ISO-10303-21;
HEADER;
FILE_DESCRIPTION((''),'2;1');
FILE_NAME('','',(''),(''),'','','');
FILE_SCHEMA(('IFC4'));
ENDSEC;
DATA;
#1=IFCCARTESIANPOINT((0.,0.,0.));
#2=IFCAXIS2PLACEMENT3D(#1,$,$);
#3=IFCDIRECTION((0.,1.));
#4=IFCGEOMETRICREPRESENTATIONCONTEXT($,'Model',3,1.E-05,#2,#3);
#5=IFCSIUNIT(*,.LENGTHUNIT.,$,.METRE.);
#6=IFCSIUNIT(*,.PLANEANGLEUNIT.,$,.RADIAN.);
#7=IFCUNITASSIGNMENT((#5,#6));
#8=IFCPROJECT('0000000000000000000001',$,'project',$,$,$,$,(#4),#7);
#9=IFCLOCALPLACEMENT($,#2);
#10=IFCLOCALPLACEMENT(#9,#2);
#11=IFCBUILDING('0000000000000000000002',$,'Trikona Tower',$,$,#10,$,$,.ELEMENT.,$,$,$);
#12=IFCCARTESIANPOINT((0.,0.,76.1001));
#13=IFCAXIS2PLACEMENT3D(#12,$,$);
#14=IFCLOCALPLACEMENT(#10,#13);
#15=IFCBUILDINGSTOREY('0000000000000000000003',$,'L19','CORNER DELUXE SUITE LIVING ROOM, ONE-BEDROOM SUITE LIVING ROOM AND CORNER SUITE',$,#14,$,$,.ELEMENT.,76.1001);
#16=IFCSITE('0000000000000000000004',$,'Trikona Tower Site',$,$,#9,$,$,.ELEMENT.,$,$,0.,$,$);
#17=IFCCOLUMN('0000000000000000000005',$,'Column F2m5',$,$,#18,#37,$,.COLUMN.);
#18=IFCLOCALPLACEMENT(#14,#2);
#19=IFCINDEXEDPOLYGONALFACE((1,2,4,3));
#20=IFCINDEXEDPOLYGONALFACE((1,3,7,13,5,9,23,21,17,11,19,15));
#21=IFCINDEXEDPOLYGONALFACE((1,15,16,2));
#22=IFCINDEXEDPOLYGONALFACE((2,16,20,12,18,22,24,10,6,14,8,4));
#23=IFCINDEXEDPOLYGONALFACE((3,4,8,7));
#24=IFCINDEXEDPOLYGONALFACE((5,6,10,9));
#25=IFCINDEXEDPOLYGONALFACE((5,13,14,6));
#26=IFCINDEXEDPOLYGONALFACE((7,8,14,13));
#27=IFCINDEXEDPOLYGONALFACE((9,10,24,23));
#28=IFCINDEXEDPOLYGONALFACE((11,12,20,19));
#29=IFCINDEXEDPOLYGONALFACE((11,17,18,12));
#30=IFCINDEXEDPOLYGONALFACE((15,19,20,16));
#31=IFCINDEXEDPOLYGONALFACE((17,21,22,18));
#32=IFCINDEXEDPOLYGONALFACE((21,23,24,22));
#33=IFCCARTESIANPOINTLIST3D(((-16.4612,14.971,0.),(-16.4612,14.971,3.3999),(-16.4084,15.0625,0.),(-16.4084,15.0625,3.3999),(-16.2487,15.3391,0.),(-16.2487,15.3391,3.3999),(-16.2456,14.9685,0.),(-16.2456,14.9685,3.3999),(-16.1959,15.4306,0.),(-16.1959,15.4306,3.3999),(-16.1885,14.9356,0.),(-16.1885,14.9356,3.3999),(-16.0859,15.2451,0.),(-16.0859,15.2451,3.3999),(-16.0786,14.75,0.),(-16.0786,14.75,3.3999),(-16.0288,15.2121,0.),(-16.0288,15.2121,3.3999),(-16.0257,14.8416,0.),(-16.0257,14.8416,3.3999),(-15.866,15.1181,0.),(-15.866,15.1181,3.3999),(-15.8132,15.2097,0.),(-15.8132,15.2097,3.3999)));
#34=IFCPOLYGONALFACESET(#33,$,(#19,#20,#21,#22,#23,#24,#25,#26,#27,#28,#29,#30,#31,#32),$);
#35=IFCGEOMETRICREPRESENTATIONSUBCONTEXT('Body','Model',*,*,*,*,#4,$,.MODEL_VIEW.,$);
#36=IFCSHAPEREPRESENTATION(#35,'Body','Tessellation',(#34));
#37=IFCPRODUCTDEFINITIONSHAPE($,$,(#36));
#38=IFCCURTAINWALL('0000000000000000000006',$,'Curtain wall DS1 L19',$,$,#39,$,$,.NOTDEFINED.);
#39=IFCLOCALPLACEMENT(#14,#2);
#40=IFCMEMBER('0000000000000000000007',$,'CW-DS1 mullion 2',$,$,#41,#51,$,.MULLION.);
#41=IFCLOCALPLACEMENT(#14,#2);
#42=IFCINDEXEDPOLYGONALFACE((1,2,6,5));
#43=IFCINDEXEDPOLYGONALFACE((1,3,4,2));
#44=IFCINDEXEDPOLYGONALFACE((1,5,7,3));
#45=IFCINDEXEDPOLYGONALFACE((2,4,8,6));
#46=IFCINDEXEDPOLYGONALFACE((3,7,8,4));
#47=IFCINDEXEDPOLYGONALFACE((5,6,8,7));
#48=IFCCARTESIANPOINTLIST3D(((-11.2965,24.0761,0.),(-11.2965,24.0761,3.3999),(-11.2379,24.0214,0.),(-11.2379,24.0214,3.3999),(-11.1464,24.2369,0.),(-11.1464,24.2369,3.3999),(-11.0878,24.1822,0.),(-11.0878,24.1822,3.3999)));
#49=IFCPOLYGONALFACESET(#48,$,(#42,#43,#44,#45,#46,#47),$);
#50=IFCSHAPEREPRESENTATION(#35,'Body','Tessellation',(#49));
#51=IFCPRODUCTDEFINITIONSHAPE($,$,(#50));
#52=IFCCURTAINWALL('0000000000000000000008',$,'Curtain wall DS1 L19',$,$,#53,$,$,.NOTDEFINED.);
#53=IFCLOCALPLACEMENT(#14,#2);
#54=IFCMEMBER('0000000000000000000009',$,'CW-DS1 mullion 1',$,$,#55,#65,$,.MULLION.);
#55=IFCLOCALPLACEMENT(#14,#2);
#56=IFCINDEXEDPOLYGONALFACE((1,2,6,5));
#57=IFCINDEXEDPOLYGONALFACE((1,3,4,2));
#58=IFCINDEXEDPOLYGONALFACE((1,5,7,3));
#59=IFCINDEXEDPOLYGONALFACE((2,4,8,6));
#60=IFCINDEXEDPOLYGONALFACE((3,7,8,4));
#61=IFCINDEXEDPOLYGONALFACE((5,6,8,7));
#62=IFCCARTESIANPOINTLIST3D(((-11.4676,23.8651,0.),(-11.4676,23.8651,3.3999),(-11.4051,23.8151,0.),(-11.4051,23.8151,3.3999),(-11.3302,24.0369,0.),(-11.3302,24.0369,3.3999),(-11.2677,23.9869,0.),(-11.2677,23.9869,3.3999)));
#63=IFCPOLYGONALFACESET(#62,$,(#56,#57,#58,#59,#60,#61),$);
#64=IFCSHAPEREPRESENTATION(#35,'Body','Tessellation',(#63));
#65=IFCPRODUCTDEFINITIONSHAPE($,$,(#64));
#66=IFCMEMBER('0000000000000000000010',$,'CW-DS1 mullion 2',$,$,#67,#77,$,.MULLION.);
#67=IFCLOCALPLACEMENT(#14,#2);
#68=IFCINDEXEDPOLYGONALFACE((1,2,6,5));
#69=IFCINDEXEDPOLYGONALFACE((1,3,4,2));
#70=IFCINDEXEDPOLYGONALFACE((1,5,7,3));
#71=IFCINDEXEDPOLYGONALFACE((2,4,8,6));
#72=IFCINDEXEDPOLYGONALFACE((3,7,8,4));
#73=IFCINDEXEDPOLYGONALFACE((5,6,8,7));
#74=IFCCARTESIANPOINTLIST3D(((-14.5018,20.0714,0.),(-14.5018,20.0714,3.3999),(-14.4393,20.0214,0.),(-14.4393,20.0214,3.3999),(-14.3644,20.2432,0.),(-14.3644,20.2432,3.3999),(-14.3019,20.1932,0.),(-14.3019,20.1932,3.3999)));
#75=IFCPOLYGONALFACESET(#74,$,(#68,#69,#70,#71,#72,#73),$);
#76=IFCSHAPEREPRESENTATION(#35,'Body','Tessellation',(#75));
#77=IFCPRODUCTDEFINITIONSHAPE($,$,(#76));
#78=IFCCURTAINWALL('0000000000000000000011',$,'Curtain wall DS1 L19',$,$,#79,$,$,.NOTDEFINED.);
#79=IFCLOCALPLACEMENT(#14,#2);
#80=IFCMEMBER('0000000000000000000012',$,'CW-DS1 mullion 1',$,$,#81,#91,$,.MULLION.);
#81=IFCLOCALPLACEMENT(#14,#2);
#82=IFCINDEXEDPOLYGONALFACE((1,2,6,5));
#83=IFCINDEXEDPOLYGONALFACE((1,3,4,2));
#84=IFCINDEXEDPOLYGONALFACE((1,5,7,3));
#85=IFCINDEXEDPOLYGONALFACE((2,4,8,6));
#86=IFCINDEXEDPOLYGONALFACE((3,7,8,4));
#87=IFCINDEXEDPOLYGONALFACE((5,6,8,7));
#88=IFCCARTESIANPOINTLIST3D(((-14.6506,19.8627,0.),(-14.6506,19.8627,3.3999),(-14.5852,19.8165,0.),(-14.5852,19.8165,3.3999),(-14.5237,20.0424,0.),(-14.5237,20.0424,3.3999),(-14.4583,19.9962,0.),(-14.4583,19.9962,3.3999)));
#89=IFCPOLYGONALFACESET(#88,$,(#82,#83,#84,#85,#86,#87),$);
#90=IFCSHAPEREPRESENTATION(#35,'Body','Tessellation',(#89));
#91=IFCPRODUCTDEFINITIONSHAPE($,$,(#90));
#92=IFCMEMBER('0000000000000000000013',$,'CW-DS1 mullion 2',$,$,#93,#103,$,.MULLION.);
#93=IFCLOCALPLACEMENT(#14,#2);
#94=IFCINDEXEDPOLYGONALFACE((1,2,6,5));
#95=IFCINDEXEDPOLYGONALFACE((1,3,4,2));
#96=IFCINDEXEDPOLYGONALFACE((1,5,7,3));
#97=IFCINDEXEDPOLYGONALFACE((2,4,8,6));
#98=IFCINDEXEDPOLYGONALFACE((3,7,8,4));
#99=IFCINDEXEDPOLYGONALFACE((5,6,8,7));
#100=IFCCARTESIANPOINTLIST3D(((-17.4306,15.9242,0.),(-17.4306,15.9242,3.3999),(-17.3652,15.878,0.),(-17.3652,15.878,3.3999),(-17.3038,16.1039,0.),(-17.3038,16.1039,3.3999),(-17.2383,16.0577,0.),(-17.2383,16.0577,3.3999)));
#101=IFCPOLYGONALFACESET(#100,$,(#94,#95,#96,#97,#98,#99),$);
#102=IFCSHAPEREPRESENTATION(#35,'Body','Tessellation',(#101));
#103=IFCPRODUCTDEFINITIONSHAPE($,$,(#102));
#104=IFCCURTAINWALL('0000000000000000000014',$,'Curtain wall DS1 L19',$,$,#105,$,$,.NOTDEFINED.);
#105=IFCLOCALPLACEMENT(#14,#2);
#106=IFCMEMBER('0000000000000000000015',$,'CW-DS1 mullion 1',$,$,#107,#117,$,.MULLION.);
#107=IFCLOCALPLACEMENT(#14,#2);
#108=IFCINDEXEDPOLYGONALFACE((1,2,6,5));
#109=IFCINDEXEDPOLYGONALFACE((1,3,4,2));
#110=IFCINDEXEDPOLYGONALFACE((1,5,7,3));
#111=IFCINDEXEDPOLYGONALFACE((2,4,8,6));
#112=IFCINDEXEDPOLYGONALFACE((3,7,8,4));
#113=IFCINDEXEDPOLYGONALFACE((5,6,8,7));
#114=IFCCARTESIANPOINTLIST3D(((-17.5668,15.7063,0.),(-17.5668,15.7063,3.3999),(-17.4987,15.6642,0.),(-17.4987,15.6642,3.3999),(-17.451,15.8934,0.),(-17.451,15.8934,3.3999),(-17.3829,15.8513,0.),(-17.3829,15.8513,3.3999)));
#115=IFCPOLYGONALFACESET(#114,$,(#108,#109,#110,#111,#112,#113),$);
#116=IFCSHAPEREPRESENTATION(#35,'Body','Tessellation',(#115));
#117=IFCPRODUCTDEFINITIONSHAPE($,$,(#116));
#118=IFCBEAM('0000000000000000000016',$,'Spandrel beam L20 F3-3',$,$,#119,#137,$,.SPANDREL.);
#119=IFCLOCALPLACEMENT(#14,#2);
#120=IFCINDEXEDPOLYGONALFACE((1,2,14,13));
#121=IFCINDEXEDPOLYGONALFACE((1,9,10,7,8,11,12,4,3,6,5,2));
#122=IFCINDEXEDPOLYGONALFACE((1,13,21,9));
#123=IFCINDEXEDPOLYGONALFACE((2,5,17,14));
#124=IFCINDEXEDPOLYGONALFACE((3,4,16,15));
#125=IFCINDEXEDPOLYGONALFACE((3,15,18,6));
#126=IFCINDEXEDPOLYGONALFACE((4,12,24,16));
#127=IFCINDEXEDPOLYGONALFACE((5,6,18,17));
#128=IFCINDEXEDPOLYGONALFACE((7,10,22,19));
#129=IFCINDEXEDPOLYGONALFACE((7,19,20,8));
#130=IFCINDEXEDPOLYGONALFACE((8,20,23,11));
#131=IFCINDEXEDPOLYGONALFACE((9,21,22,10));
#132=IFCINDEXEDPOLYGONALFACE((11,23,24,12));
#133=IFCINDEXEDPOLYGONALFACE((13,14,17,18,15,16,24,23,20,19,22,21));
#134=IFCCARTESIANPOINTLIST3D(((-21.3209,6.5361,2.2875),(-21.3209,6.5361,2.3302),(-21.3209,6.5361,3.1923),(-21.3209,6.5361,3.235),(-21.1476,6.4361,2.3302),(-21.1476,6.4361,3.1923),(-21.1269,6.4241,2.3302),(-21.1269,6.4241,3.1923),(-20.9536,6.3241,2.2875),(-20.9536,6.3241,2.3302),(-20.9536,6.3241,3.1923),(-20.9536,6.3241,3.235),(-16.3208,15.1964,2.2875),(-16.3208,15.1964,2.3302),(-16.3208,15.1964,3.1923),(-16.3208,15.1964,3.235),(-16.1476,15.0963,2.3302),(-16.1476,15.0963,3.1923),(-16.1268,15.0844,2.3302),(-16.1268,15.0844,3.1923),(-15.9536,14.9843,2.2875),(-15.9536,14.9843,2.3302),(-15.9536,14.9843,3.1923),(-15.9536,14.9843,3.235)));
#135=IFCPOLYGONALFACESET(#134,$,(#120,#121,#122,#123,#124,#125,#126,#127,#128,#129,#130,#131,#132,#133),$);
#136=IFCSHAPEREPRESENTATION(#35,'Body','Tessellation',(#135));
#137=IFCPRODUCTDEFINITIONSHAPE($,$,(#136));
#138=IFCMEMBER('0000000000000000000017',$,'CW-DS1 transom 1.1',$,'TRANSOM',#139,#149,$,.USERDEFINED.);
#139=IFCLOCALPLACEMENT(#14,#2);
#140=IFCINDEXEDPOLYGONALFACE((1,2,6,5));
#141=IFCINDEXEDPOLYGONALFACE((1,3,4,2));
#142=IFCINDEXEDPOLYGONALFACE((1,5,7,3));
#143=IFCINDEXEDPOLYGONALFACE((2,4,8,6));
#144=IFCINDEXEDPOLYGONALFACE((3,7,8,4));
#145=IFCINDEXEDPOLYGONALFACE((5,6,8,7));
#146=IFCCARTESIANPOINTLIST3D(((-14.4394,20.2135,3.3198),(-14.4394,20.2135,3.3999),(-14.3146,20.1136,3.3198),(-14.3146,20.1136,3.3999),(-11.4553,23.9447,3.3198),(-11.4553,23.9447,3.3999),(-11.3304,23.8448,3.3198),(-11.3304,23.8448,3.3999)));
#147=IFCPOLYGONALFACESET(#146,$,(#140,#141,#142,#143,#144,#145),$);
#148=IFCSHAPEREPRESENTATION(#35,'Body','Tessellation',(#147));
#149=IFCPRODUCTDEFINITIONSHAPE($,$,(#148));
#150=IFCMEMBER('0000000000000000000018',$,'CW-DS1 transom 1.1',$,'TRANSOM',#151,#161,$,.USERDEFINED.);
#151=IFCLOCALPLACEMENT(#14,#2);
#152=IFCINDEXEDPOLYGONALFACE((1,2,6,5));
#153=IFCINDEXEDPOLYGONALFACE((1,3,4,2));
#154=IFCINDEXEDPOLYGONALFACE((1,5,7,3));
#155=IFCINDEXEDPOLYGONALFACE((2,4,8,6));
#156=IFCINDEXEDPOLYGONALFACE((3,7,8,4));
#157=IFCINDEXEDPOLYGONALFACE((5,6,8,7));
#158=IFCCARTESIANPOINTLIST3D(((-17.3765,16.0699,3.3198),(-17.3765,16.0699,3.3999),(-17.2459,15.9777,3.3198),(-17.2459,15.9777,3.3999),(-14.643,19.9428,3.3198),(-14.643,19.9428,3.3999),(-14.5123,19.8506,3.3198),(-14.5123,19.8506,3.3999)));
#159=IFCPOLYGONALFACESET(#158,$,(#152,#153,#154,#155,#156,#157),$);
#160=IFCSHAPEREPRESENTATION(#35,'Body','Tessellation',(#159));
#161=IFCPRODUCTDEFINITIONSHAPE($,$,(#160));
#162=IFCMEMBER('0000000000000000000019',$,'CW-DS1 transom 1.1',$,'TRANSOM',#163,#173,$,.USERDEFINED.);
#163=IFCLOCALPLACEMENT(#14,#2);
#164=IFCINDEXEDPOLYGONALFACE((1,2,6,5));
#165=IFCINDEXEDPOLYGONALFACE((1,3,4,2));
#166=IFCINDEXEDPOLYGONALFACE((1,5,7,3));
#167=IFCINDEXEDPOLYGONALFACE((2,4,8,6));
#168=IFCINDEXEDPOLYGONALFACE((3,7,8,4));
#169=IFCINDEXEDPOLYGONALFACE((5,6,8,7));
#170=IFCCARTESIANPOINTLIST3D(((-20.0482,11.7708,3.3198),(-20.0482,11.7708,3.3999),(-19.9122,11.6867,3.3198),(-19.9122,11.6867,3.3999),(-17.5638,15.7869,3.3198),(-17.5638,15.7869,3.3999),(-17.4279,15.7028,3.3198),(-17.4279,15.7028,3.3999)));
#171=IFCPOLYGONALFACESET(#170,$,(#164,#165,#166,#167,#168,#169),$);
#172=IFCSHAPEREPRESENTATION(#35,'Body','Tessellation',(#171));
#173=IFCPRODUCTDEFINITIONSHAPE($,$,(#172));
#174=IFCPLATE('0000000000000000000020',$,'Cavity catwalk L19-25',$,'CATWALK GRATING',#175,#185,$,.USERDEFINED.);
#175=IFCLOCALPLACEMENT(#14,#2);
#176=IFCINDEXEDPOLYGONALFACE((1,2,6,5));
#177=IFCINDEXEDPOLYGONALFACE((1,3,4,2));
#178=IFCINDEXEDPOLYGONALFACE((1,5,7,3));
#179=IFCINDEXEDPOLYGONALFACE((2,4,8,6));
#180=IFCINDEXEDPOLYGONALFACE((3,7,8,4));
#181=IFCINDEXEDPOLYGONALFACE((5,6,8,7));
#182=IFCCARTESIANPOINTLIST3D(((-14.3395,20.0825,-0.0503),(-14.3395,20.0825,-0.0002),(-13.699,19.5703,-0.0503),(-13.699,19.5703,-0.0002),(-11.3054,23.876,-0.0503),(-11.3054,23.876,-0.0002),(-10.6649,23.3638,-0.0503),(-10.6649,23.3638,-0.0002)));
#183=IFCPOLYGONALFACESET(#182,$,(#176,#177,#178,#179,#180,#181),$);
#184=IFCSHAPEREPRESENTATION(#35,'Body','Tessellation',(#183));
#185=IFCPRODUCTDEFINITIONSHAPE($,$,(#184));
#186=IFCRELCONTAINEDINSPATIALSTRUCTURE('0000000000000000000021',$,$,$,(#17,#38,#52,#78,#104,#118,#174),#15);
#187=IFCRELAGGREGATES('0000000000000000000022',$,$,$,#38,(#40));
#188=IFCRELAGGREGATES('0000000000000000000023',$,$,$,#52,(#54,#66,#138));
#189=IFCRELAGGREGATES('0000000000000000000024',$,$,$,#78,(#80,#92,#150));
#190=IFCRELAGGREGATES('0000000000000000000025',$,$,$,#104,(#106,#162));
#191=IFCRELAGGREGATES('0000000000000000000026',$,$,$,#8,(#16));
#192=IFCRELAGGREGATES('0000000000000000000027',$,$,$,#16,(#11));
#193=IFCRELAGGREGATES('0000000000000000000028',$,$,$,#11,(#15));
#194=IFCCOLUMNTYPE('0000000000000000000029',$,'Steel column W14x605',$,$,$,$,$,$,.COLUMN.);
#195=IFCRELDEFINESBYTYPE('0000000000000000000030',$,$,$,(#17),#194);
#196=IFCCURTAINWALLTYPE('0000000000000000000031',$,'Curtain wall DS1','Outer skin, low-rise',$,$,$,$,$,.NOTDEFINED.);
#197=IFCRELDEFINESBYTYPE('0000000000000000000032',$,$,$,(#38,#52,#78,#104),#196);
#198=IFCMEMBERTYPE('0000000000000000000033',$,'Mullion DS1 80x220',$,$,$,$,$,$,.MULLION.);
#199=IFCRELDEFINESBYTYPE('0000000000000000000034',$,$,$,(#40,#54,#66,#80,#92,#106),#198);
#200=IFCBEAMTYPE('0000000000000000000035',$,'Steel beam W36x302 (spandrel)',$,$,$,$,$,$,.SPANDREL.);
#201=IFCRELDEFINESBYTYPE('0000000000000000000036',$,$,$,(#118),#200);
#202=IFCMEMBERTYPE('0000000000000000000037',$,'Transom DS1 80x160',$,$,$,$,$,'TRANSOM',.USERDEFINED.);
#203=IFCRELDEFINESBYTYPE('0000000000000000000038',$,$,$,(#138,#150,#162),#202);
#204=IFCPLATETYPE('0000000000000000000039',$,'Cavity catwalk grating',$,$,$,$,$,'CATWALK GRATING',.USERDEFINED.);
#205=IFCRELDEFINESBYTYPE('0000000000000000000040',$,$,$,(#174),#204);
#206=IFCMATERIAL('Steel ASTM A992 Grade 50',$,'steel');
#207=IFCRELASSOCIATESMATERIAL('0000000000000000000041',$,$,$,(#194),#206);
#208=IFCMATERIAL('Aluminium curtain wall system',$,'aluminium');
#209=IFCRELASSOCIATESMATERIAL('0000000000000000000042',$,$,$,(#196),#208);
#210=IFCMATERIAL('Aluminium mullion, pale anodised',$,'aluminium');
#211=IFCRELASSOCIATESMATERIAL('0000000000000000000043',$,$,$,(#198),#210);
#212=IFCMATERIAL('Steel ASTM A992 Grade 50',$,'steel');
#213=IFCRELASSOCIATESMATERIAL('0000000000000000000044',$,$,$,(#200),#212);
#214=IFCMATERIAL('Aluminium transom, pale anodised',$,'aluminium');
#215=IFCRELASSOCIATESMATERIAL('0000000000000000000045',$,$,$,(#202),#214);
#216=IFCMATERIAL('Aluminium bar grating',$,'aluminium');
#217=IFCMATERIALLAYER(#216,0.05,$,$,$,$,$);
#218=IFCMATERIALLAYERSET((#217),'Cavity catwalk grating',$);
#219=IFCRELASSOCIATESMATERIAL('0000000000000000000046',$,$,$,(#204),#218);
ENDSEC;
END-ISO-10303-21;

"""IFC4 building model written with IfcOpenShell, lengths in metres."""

from ifc_helpers import new_model, si_unit, direction, frame, origin, origin_2d, place, context, subcontext, project, spatial, rectangle, i_section, extrude, material, layer, layer_set, material_profile, profile_set, type_object, element, aggregate, save


model = new_model("IFC4")

# Units and contexts
model_context = context("Model", 3, precision=1e-05, world=origin(), true_north=direction((0.0, 1.0)))
body_context = subcontext(model_context, "Body", "Model", "MODEL_VIEW")
ifc_project = project(units=[si_unit("LENGTHUNIT", "METRE"), si_unit("PLANEANGLEUNIT", "RADIAN")], contexts=[model_context])

# Site, building, storey
site_placement = place(None, origin())
site = spatial("IfcSite", under=ifc_project, at=site_placement, Name="Trikona Tower Site", CompositionType="ELEMENT", RefElevation=0.0)
building_placement = place(site_placement, origin())
building = spatial("IfcBuilding", under=site, at=building_placement, Name="Trikona Tower", CompositionType="ELEMENT")
storey_placement = place(building_placement, frame((0.0, 0.0, 76.1001)))
storey = spatial("IfcBuildingStorey", under=building, at=storey_placement, Name="L19", Description="CORNER DELUXE SUITE LIVING ROOM, ONE-BEDROOM SUITE LIVING ROOM AND CORNER SUITE", CompositionType="ELEMENT", Elevation=76.1001)

# Column
ifc_material_1 = material(Name="Steel ASTM A992 Grade 50", Category="steel")
ifc_material_profile_1 = material_profile(ifc_material_1, i_section(OverallWidth=0.4419, OverallDepth=0.5308, WebThickness=0.0659, FlangeThickness=0.1057, at=origin_2d()), Name="W14X605")
ifc_profile_set_1 = profile_set([ifc_material_profile_1], Name="Steel ASTM A992 Grade 50")
column_type = type_object("IfcColumnType", Name="Steel column W14x605", PredefinedType="COLUMN", material=ifc_profile_set_1)
column_placement = place(storey_placement, frame((-16.1372, 15.0903, 0.0), z_axis=(0.0, 0.0, 1.0), x_axis=(-0.866025, 0.5, 0.0)))
element("IfcColumn", 1, at=column_placement, inside=storey, type_object=column_type, Name="Column F2m5", PredefinedType="COLUMN", context=body_context, shape_type="SweptSolid", body=[
    extrude(i_section(OverallWidth=0.4419, OverallDepth=0.5308, WebThickness=0.0659, FlangeThickness=0.1057, at=origin_2d()), origin(), (0.0, 0.0, 1.0), 3.3999),
])

# Curtain wall, member
ifc_material_2 = material(Name="Aluminium curtain wall system", Category="aluminium")
curtain_wall_type = type_object("IfcCurtainWallType", Name="Curtain wall DS1", Description="Outer skin, low-rise", PredefinedType="NOTDEFINED", material=ifc_material_2)
curtain_wall_1_placement = place(storey_placement, origin())
curtain_wall_1 = element("IfcCurtainWall", 2, at=curtain_wall_1_placement, inside=storey, type_object=curtain_wall_type, Name="Curtain wall DS1 L19", PredefinedType="NOTDEFINED")
ifc_material_3 = material(Name="Aluminium mullion, pale anodised", Category="aluminium")
ifc_material_profile_2 = material_profile(ifc_material_3, rectangle(XDim=0.0801, YDim=0.22, at=origin_2d()), Name="MUL-DS1")
ifc_profile_set_2 = profile_set([ifc_material_profile_2], Name="Aluminium mullion, pale anodised")
member_type_1 = type_object("IfcMemberType", Name="Mullion DS1 80x220", PredefinedType="MULLION", material=ifc_profile_set_2)
member_1_placement = place(storey_placement, frame((-11.1921, 24.1292, 0.0), z_axis=(0.0, 0.0, 1.0), x_axis=(0.731077, -0.682295, 0.0)))
member_1 = element("IfcMember", 3, at=member_1_placement, type_object=member_type_1, Name="CW-DS1 mullion 2", PredefinedType="MULLION", context=body_context, shape_type="SweptSolid", body=[
    extrude(rectangle(XDim=0.0801, YDim=0.22, at=origin_2d()), origin(), (0.0, 0.0, 1.0), 3.3999),
])
aggregate(curtain_wall_1, [member_1])

# Curtain walls, members
curtain_wall_2_placement = place(storey_placement, origin())
curtain_wall_2 = element("IfcCurtainWall", 4, at=curtain_wall_2_placement, inside=storey, type_object=curtain_wall_type, Name="Curtain wall DS1 L19", PredefinedType="NOTDEFINED")
member_2_placement = place(storey_placement, frame((-11.3677, 23.926, 0.0), z_axis=(0.0, 0.0, 1.0), x_axis=(0.780938, -0.624609, 0.0)))
member_2 = element("IfcMember", 5, at=member_2_placement, type_object=member_type_1, Name="CW-DS1 mullion 1", PredefinedType="MULLION", context=body_context, shape_type="SweptSolid", body=[
    extrude(rectangle(XDim=0.0801, YDim=0.22, at=origin_2d()), origin(), (0.0, 0.0, 1.0), 3.3999),
])
member_3_placement = place(storey_placement, frame((-14.4019, 20.1323, 0.0), z_axis=(0.0, 0.0, 1.0), x_axis=(0.780938, -0.624609, 0.0)))
member_3 = element("IfcMember", 6, at=member_3_placement, type_object=member_type_1, Name="CW-DS1 mullion 2", PredefinedType="MULLION", context=body_context, shape_type="SweptSolid", body=[
    extrude(rectangle(XDim=0.0801, YDim=0.22, at=origin_2d()), origin(), (0.0, 0.0, 1.0), 3.3999),
])
curtain_wall_3_placement = place(storey_placement, origin())
curtain_wall_3 = element("IfcCurtainWall", 7, at=curtain_wall_3_placement, inside=storey, type_object=curtain_wall_type, Name="Curtain wall DS1 L19", PredefinedType="NOTDEFINED")
member_4_placement = place(storey_placement, frame((-14.5544, 19.9294, 0.0), z_axis=(0.0, 0.0, 1.0), x_axis=(0.816985, -0.576658, 0.0)))
member_4 = element("IfcMember", 8, at=member_4_placement, type_object=member_type_1, Name="CW-DS1 mullion 1", PredefinedType="MULLION", context=body_context, shape_type="SweptSolid", body=[
    extrude(rectangle(XDim=0.0801, YDim=0.22, at=origin_2d()), origin(), (0.0, 0.0, 1.0), 3.3999),
])
member_5_placement = place(storey_placement, frame((-17.3345, 15.991, 0.0), z_axis=(0.0, 0.0, 1.0), x_axis=(0.816985, -0.576658, 0.0)))
member_5 = element("IfcMember", 9, at=member_5_placement, type_object=member_type_1, Name="CW-DS1 mullion 2", PredefinedType="MULLION", context=body_context, shape_type="SweptSolid", body=[
    extrude(rectangle(XDim=0.0801, YDim=0.22, at=origin_2d()), origin(), (0.0, 0.0, 1.0), 3.3999),
])

# Curtain wall, member
curtain_wall_4_placement = place(storey_placement, origin())
curtain_wall_4 = element("IfcCurtainWall", 10, at=curtain_wall_4_placement, inside=storey, type_object=curtain_wall_type, Name="Curtain wall DS1 L19", PredefinedType="NOTDEFINED")
member_6_placement = place(storey_placement, frame((-17.4749, 15.7788, 0.0), z_axis=(0.0, 0.0, 1.0), x_axis=(0.85041, -0.52612, 0.0)))
member_6 = element("IfcMember", 11, at=member_6_placement, type_object=member_type_1, Name="CW-DS1 mullion 1", PredefinedType="MULLION", context=body_context, shape_type="SweptSolid", body=[
    extrude(rectangle(XDim=0.0801, YDim=0.22, at=origin_2d()), origin(), (0.0, 0.0, 1.0), 3.3999),
])

# Beam
ifc_material_4 = material(Name="Steel ASTM A992 Grade 50", Category="steel")
ifc_material_profile_3 = material_profile(ifc_material_4, i_section(OverallWidth=0.4241, OverallDepth=0.9475, WebThickness=0.0239, FlangeThickness=0.0427, at=origin_2d()), Name="W36X302")
ifc_profile_set_3 = profile_set([ifc_material_profile_3], Name="Steel ASTM A992 Grade 50")
beam_type = type_object("IfcBeamType", Name="Steel beam W36x302 (spandrel)", PredefinedType="SPANDREL", material=ifc_profile_set_3)
beam_placement = place(storey_placement, frame((-16.1372, 15.0903, 2.7612), z_axis=(-0.500004, -0.866023, 0.0), x_axis=(0.866023, -0.500004, 0.0)))
element("IfcBeam", 12, at=beam_placement, inside=storey, type_object=beam_type, Name="Spandrel beam L20 F3-3", PredefinedType="SPANDREL", context=body_context, shape_type="SweptSolid", body=[
    extrude(i_section(OverallWidth=0.4241, OverallDepth=0.9475, WebThickness=0.0239, FlangeThickness=0.0427, at=origin_2d()), origin(), (0.0, 0.0, 1.0), 10.0),
])

# Members
ifc_material_5 = material(Name="Aluminium transom, pale anodised", Category="aluminium")
ifc_material_profile_4 = material_profile(ifc_material_5, rectangle(XDim=0.1599, YDim=0.0801, at=origin_2d()), Name="TRN-DS1")
ifc_profile_set_4 = profile_set([ifc_material_profile_4], Name="Aluminium transom, pale anodised")
member_type_2 = type_object("IfcMemberType", Name="Transom DS1 80x160", ElementType="TRANSOM", PredefinedType="USERDEFINED", material=ifc_profile_set_4)
member_7_placement = place(storey_placement, frame((-11.3928, 23.8948, 3.3599), z_axis=(-0.624589, -0.780954, 0.0), x_axis=(0.780954, -0.624589, 0.0)))
member_7 = element("IfcMember", 13, at=member_7_placement, type_object=member_type_2, Name="CW-DS1 transom 1.1", ObjectType="TRANSOM", PredefinedType="USERDEFINED", context=body_context, shape_type="SweptSolid", body=[
    extrude(rectangle(XDim=0.1599, YDim=0.0801, at=origin_2d()), origin(), (0.0, 0.0, 1.0), 4.7778),
])
member_8_placement = place(storey_placement, frame((-14.5776, 19.8967, 3.3599), z_axis=(-0.576645, -0.816995, 0.0), x_axis=(0.816995, -0.576645, 0.0)))
member_8 = element("IfcMember", 14, at=member_8_placement, type_object=member_type_2, Name="CW-DS1 transom 1.1", ObjectType="TRANSOM", PredefinedType="USERDEFINED", context=body_context, shape_type="SweptSolid", body=[
    extrude(rectangle(XDim=0.1599, YDim=0.0801, at=origin_2d()), origin(), (0.0, 0.0, 1.0), 4.7405),
])
member_9_placement = place(storey_placement, frame((-17.4958, 15.7449, 3.3599), z_axis=(-0.526081, -0.850435, 0.0), x_axis=(0.850435, -0.526081, 0.0)))
member_9 = element("IfcMember", 15, at=member_9_placement, type_object=member_type_2, Name="CW-DS1 transom 1.1", ObjectType="TRANSOM", PredefinedType="USERDEFINED", context=body_context, shape_type="SweptSolid", body=[
    extrude(rectangle(XDim=0.1599, YDim=0.0801, at=origin_2d()), origin(), (0.0, 0.0, 1.0), 4.7224),
])

# Plate
ifc_material_6 = material(Name="Aluminium bar grating", Category="aluminium")
ifc_layer_1 = layer(ifc_material_6, 0.05)
ifc_layer_set_1 = layer_set([ifc_layer_1], Name="Cavity catwalk grating")
plate_type_1 = type_object("IfcPlateType", Name="Cavity catwalk grating", ElementType="CATWALK GRATING", PredefinedType="USERDEFINED", material=ifc_layer_set_1)
plate_1_placement = place(storey_placement, frame((-12.5022, 21.7231, -0.0503), z_axis=(0.0, 0.0, 1.0), x_axis=(-0.624604, -0.780942, 0.0)))
element("IfcPlate", 16, at=plate_1_placement, inside=storey, type_object=plate_type_1, Name="Cavity catwalk L19-25", ObjectType="CATWALK GRATING", PredefinedType="USERDEFINED", context=body_context, shape_type="SweptSolid", body=[
    extrude(rectangle(XDim=4.8577, YDim=0.8201, at=origin_2d()), origin(), (0.0, 0.0, 1.0), 0.05),
])

aggregate(curtain_wall_2, [member_2, member_3, member_7])
aggregate(curtain_wall_3, [member_4, member_5, member_8])
aggregate(curtain_wall_4, [member_6, member_9])

save(model, "model.ifc")
